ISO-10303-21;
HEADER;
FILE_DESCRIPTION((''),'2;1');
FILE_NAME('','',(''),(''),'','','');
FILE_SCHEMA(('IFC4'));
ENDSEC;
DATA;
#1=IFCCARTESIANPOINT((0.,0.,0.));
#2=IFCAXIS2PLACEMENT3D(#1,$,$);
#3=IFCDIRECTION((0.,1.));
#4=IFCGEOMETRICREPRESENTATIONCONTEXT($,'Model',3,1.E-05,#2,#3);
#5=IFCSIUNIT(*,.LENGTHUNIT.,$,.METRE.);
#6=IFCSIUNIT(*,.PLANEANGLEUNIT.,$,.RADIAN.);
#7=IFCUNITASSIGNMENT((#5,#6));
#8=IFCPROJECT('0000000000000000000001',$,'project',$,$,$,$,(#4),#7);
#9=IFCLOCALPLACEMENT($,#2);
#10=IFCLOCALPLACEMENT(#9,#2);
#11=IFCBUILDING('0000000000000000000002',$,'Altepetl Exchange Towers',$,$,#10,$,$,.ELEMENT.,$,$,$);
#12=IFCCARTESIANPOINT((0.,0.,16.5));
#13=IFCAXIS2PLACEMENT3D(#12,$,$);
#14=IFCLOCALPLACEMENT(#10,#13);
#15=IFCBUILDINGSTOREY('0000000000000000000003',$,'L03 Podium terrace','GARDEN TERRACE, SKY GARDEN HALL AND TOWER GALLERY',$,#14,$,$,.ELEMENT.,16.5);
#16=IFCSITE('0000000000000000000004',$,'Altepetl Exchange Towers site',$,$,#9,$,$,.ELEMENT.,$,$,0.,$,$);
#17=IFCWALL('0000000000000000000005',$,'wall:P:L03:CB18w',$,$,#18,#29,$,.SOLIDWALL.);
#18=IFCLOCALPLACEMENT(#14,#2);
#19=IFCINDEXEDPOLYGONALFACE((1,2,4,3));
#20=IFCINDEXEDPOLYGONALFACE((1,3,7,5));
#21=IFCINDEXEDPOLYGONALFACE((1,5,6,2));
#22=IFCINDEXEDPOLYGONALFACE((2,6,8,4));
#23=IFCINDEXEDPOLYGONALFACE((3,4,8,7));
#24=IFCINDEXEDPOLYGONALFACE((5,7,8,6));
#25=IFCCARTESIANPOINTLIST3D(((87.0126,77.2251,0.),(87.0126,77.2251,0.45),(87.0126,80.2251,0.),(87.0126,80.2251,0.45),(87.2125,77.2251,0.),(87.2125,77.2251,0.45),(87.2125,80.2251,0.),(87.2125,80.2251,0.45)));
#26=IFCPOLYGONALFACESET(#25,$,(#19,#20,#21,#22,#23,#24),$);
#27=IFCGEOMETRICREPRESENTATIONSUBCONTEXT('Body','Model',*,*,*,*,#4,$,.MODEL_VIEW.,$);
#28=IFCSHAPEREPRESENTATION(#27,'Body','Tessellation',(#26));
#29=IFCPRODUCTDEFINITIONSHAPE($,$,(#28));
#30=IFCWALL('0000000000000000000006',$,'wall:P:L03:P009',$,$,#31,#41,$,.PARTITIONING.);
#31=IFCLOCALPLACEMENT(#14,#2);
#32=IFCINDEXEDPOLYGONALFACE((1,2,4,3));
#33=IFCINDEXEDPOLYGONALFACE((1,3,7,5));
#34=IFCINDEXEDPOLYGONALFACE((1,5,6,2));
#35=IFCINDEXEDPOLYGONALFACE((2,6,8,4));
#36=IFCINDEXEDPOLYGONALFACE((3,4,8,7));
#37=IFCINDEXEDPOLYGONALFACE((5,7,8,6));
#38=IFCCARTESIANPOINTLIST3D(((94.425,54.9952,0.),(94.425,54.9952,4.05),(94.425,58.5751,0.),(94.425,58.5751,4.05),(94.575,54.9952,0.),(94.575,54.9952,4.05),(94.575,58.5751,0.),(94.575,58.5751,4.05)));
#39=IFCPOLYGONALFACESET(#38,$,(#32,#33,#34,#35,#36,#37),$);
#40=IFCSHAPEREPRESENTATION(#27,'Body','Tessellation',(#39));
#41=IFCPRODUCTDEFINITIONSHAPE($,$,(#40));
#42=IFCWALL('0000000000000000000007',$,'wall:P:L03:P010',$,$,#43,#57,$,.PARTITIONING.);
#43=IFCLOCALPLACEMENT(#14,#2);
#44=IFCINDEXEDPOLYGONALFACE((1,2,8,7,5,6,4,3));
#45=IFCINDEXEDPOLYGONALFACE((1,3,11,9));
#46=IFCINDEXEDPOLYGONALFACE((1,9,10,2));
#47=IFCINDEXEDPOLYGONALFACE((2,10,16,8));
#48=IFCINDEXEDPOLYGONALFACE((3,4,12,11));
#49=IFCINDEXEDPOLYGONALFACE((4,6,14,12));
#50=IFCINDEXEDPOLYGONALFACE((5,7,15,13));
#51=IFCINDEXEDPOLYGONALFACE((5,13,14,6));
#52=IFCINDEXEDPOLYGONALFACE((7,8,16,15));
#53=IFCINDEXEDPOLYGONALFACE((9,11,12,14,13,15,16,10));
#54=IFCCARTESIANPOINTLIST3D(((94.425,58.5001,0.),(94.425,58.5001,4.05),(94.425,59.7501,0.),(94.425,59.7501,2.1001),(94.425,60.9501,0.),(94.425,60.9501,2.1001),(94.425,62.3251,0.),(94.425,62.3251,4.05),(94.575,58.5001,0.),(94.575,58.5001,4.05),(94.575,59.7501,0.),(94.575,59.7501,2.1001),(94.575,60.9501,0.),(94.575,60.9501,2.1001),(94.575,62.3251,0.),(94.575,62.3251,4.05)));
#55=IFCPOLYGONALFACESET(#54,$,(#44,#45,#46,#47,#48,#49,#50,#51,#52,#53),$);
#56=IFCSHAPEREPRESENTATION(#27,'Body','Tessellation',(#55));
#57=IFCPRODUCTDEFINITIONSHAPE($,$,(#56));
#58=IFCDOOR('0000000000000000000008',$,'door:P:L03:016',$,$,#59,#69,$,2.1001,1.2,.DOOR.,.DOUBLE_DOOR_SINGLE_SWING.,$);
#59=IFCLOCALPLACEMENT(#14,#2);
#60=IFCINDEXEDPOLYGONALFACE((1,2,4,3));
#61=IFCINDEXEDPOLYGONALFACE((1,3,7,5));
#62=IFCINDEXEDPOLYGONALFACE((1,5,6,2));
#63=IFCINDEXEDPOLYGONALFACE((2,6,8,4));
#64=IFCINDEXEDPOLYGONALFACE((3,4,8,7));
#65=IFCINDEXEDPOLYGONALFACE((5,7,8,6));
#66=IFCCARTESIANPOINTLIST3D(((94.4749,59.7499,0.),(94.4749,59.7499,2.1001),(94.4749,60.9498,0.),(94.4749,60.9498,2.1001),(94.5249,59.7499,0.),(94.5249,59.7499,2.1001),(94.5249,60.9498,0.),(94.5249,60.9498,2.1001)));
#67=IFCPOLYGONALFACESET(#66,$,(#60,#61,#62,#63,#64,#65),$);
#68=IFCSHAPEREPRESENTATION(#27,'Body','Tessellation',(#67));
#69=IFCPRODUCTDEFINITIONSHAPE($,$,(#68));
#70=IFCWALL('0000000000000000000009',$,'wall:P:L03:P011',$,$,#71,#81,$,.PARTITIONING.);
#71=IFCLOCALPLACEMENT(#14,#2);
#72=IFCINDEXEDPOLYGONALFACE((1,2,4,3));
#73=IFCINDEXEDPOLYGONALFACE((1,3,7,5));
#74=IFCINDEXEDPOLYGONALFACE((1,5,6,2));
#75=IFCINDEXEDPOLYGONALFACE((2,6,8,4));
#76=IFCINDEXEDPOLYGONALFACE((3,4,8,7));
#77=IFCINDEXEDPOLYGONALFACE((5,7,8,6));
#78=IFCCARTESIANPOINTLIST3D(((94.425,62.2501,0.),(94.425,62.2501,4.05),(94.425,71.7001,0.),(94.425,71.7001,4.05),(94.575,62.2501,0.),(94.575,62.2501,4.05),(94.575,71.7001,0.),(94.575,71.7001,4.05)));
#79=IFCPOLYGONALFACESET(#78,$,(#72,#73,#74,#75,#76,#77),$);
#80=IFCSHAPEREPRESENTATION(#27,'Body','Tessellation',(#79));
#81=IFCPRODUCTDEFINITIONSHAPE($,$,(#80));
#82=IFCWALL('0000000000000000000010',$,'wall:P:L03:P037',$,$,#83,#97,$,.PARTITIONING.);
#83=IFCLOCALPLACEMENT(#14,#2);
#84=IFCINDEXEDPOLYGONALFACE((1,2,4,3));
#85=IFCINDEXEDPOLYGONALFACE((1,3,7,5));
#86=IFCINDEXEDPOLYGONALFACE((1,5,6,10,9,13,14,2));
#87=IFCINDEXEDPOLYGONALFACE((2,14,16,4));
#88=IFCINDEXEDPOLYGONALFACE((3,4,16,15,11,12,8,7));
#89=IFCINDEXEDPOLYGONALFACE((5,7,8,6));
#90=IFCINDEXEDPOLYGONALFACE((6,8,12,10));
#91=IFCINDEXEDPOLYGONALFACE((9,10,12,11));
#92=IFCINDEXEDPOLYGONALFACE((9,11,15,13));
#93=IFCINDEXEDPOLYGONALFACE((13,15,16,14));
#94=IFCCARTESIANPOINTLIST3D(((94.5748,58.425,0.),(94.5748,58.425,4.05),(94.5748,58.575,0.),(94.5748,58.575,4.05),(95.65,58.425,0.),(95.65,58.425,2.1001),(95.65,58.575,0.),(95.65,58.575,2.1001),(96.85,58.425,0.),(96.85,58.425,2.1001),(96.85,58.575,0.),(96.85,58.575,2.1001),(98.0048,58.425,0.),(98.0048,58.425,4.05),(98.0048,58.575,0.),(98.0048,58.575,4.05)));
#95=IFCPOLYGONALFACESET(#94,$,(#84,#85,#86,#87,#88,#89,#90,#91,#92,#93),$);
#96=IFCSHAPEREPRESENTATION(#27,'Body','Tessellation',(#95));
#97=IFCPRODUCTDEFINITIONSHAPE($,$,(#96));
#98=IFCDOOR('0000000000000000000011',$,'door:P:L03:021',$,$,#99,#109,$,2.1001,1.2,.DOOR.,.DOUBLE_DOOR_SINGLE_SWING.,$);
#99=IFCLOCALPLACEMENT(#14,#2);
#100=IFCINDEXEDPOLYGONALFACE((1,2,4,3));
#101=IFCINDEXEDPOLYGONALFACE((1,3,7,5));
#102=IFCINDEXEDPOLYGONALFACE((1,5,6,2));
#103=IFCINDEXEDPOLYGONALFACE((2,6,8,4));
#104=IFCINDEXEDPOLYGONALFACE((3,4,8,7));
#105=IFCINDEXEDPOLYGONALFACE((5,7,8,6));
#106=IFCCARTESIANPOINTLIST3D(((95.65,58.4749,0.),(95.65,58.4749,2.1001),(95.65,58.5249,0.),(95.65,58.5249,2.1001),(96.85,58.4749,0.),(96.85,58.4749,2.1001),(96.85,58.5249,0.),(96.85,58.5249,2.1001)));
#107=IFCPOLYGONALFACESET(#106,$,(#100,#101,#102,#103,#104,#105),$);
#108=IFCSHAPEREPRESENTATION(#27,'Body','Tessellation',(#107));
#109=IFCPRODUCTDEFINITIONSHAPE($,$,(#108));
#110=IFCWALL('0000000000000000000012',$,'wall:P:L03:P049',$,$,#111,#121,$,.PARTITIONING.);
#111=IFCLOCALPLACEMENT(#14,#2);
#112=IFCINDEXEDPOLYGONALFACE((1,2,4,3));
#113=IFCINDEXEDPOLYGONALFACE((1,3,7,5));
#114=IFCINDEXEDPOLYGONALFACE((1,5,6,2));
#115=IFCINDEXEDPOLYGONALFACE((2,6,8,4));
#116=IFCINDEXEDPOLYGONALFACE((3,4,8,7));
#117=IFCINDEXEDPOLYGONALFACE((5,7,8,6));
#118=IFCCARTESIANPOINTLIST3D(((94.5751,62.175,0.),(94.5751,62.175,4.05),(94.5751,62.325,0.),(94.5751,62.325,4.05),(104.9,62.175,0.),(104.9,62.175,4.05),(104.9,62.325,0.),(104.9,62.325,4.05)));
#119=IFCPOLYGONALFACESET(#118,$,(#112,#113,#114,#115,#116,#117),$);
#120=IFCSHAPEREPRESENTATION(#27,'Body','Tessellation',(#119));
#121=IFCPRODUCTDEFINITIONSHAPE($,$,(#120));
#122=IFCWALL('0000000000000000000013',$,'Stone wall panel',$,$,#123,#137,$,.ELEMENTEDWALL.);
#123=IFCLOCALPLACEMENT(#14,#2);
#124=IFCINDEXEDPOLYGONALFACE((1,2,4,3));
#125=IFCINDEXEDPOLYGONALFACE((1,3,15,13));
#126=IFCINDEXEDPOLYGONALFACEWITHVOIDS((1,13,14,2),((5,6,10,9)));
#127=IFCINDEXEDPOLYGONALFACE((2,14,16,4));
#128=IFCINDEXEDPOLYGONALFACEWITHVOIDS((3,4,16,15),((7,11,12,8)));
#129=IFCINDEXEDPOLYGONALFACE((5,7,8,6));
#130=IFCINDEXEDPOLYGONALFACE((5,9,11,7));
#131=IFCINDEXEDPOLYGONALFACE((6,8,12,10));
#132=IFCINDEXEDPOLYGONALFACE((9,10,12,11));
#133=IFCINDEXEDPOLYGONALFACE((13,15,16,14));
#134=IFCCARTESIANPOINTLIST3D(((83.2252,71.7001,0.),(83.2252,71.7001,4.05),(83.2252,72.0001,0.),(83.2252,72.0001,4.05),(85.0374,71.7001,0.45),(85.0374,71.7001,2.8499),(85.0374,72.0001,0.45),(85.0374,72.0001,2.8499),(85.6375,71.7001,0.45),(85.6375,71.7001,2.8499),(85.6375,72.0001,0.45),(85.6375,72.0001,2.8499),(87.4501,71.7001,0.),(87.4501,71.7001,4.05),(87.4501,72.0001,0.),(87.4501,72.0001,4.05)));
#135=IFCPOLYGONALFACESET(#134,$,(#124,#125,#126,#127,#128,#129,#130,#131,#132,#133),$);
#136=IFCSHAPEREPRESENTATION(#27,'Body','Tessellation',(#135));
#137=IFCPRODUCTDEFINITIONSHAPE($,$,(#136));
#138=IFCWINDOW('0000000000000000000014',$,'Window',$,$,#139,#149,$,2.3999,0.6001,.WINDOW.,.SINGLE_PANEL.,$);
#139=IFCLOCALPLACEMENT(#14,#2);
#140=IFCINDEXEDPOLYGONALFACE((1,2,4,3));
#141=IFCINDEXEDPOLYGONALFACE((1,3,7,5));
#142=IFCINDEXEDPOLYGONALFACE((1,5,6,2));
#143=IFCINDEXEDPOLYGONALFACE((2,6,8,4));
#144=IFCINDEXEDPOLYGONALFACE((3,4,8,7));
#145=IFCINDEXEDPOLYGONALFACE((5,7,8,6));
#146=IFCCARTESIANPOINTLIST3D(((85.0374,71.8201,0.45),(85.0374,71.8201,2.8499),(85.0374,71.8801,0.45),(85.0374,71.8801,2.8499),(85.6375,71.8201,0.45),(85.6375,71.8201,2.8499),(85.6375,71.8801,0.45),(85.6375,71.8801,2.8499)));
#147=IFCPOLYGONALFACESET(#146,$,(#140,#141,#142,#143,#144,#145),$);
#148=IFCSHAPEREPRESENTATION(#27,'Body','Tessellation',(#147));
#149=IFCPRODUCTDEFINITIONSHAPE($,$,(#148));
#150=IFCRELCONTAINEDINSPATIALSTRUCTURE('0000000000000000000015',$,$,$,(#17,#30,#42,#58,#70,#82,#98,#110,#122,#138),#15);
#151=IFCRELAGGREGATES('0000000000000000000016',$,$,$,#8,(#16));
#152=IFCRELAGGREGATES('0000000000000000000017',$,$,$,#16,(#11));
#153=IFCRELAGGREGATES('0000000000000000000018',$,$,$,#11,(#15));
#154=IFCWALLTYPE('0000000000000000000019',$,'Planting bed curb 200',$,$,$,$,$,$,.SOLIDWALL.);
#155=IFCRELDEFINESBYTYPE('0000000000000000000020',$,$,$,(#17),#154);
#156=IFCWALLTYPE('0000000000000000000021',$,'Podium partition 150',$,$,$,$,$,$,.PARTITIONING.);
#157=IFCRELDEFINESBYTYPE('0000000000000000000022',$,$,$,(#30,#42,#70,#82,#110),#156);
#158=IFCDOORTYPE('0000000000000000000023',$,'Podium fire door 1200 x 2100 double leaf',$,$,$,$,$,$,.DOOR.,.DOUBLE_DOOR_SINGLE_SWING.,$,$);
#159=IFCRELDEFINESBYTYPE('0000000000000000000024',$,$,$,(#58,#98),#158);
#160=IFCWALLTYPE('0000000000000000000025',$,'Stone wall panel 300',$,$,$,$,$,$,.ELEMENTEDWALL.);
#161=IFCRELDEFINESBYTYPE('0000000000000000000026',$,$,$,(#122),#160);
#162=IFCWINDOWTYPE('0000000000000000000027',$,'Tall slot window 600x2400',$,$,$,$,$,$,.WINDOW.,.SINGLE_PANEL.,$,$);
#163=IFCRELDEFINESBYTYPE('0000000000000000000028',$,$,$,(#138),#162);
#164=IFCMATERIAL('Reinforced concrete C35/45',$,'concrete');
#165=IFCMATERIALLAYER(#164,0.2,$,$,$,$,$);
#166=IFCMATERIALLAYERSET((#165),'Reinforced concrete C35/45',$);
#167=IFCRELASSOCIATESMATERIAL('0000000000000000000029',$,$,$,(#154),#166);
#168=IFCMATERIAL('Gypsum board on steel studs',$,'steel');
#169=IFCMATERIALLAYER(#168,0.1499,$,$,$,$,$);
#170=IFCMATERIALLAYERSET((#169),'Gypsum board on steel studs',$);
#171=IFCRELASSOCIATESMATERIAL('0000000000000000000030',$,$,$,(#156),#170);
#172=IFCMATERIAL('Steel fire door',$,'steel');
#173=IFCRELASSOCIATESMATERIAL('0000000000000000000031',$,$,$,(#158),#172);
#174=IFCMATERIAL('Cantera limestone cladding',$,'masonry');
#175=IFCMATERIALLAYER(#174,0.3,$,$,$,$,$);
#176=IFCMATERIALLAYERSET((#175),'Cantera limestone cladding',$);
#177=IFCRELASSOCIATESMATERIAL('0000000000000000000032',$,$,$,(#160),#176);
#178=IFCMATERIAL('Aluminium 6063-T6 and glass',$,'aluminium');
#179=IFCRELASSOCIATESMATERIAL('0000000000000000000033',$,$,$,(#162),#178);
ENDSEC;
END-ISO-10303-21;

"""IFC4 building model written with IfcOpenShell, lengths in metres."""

from ifc_helpers import new_model, si_unit, direction, frame, frame_2d, origin, place, context, subcontext, project, spatial, rectangle, extrude, material, layer, layer_set, type_object, element, fill, save


model = new_model("IFC4")

# Units and contexts
model_context = context("Model", 3, precision=1e-05, world=origin(), true_north=direction((0.0, 1.0)))
body_context = subcontext(model_context, "Body", "Model", "MODEL_VIEW")
ifc_project = project(units=[si_unit("LENGTHUNIT", "METRE"), si_unit("PLANEANGLEUNIT", "RADIAN")], contexts=[model_context])

# Site, building, storey
site_placement = place(None, origin())
site = spatial("IfcSite", under=ifc_project, at=site_placement, Name="Altepetl Exchange Towers site", CompositionType="ELEMENT", RefElevation=0.0)
building_placement = place(site_placement, origin())
building = spatial("IfcBuilding", under=site, at=building_placement, Name="Altepetl Exchange Towers", CompositionType="ELEMENT")
storey_placement = place(building_placement, frame((0.0, 0.0, 16.5)))
storey = spatial("IfcBuildingStorey", under=building, at=storey_placement, Name="L03 Podium terrace", Description="GARDEN TERRACE, SKY GARDEN HALL AND TOWER GALLERY", CompositionType="ELEMENT", Elevation=16.5)

# Shared definitions
ifc_material_1 = material(Name="Aluminium 6063-T6 and glass", Category="aluminium")

# Walls
ifc_material_2 = material(Name="Reinforced concrete C35/45", Category="concrete")
ifc_layer_1 = layer(ifc_material_2, 0.2)
ifc_layer_set_1 = layer_set([ifc_layer_1], Name="Reinforced concrete C35/45")
wall_type_1 = type_object("IfcWallType", Name="Planting bed curb 200", PredefinedType="SOLIDWALL", material=ifc_layer_set_1)
wall_1_placement = place(storey_placement, frame((87.1125, 77.2251, 0.0), z_axis=(0.0, 0.0, 1.0), x_axis=(0.0, 1.0, 0.0)))
element("IfcWall", 1, at=wall_1_placement, inside=storey, type_object=wall_type_1, Name="wall:P:L03:CB18w", PredefinedType="SOLIDWALL", context=body_context, shape_type="SweptSolid", body=[
    extrude(rectangle(XDim=3.0, YDim=0.2, at=frame_2d((1.5, 0.0))), origin(), (0.0, 0.0, 1.0), 0.45),
])
ifc_material_3 = material(Name="Gypsum board on steel studs", Category="steel")
ifc_layer_2 = layer(ifc_material_3, 0.1499)
ifc_layer_set_2 = layer_set([ifc_layer_2], Name="Gypsum board on steel studs")
wall_type_2 = type_object("IfcWallType", Name="Podium partition 150", PredefinedType="PARTITIONING", material=ifc_layer_set_2)
wall_2_placement = place(storey_placement, frame((94.5, 54.9951, 0.0), z_axis=(0.0, 0.0, 1.0), x_axis=(0.0, 1.0, 0.0)))
element("IfcWall", 2, at=wall_2_placement, inside=storey, type_object=wall_type_2, Name="wall:P:L03:P009", PredefinedType="PARTITIONING", context=body_context, shape_type="SweptSolid", body=[
    extrude(rectangle(XDim=3.5798, YDim=0.1499, at=frame_2d((1.79, 0.0))), origin(), (0.0, 0.0, 1.0), 4.05),
])

# Wall, opening, door
wall_3_placement = place(storey_placement, frame((94.5, 58.5, 0.0), z_axis=(0.0, 0.0, 1.0), x_axis=(0.0, 1.0, 0.0)))
wall_3 = element("IfcWall", 3, at=wall_3_placement, inside=storey, type_object=wall_type_2, Name="wall:P:L03:P010", PredefinedType="PARTITIONING", context=body_context, shape_type="SweptSolid", body=[
    extrude(rectangle(XDim=3.825, YDim=0.1499, at=frame_2d((1.9126, 0.0))), origin(), (0.0, 0.0, 1.0), 4.05),
])
opening_1_placement = place(wall_3_placement, frame((1.25, 0.0, 0.0)))
opening_1 = element("IfcOpeningElement", 4, at=opening_1_placement, cuts=wall_3, PredefinedType="OPENING", context=body_context, shape_type="SweptSolid", body=[
    extrude(rectangle(XDim=1.2, YDim=2.1001, at=frame_2d((0.6001, 1.05))), frame((0.0, 0.085, 0.0), z_axis=(0.0, -1.0, 0.0), x_axis=(1.0, 0.0, 0.0)), (0.0, 0.0, 1.0), 0.1699),
])
ifc_material_4 = material(Name="Steel fire door", Category="steel")
door_type_1 = type_object("IfcDoorType", Name="Podium fire door 1200 x 2100 double leaf", OperationType="DOUBLE_DOOR_SINGLE_SWING", PredefinedType="DOOR", material=ifc_material_4)
door_1_placement = place(opening_1_placement, frame((1.2, 0.0, 0.0), x_axis=(-1.0, 0.0, 0.0)))
door_1 = element("IfcDoor", 5, at=door_1_placement, inside=storey, type_object=door_type_1, Name="door:P:L03:016", OperationType="DOUBLE_DOOR_SINGLE_SWING", OverallHeight=2.1001, OverallWidth=1.2, PredefinedType="DOOR", context=body_context, shape_type="SweptSolid", body=[
    extrude(rectangle(XDim=1.2, YDim=2.1001, at=frame_2d((0.6001, 1.05))), frame((0.0, 0.0249, 0.0), z_axis=(0.0, -1.0, 0.0), x_axis=(1.0, 0.0, 0.0)), (0.0, 0.0, 1.0), 0.05),
])
fill(opening_1, door_1)

# Wall
wall_4_placement = place(storey_placement, frame((94.5, 62.25, 0.0), z_axis=(0.0, 0.0, 1.0), x_axis=(0.0, 1.0, 0.0)))
element("IfcWall", 6, at=wall_4_placement, inside=storey, type_object=wall_type_2, Name="wall:P:L03:P011", PredefinedType="PARTITIONING", context=body_context, shape_type="SweptSolid", body=[
    extrude(rectangle(XDim=9.45, YDim=0.1499, at=frame_2d((4.7251, 0.0))), origin(), (0.0, 0.0, 1.0), 4.05),
])

# Wall, opening, door
wall_5_placement = place(storey_placement, frame((94.575, 58.5, 0.0)))
wall_5 = element("IfcWall", 7, at=wall_5_placement, inside=storey, type_object=wall_type_2, Name="wall:P:L03:P037", PredefinedType="PARTITIONING", context=body_context, shape_type="SweptSolid", body=[
    extrude(rectangle(XDim=3.4299, YDim=0.1499, at=frame_2d((1.7148, 0.0))), origin(), (0.0, 0.0, 1.0), 4.05),
])
opening_2_placement = place(wall_5_placement, frame((1.075, 0.0, 0.0)))
opening_2 = element("IfcOpeningElement", 8, at=opening_2_placement, cuts=wall_5, PredefinedType="OPENING", context=body_context, shape_type="SweptSolid", body=[
    extrude(rectangle(XDim=1.2, YDim=2.1001, at=frame_2d((0.6001, 1.05))), frame((0.0, 0.085, 0.0), z_axis=(0.0, -1.0, 0.0), x_axis=(1.0, 0.0, 0.0)), (0.0, 0.0, 1.0), 0.1699),
])
door_2_placement = place(opening_2_placement, origin())
door_2 = element("IfcDoor", 9, at=door_2_placement, inside=storey, type_object=door_type_1, Name="door:P:L03:021", OperationType="DOUBLE_DOOR_SINGLE_SWING", OverallHeight=2.1001, OverallWidth=1.2, PredefinedType="DOOR", context=body_context, shape_type="SweptSolid", body=[
    extrude(rectangle(XDim=1.2, YDim=2.1001, at=frame_2d((0.6001, 1.05))), frame((0.0, 0.0249, 0.0), z_axis=(0.0, -1.0, 0.0), x_axis=(1.0, 0.0, 0.0)), (0.0, 0.0, 1.0), 0.05),
])
fill(opening_2, door_2)

# Wall
wall_6_placement = place(storey_placement, frame((94.575, 62.25, 0.0)))
element("IfcWall", 10, at=wall_6_placement, inside=storey, type_object=wall_type_2, Name="wall:P:L03:P049", PredefinedType="PARTITIONING", context=body_context, shape_type="SweptSolid", body=[
    extrude(rectangle(XDim=10.325, YDim=0.1499, at=frame_2d((5.1626, 0.0))), origin(), (0.0, 0.0, 1.0), 4.05),
])

# Wall, opening, window
ifc_material_5 = material(Name="Cantera limestone cladding", Category="masonry")
ifc_layer_3 = layer(ifc_material_5, 0.3)
ifc_layer_set_3 = layer_set([ifc_layer_3], Name="Cantera limestone cladding")
wall_type_3 = type_object("IfcWallType", Name="Stone wall panel 300", PredefinedType="ELEMENTEDWALL", material=ifc_layer_set_3)
wall_7_placement = place(storey_placement, frame((87.45, 71.8501, 0.0), z_axis=(0.0, 0.0, 1.0), x_axis=(-1.0, 0.0, 0.0)))
wall_7 = element("IfcWall", 11, at=wall_7_placement, inside=storey, type_object=wall_type_3, Name="Stone wall panel", PredefinedType="ELEMENTEDWALL", context=body_context, shape_type="SweptSolid", body=[
    extrude(rectangle(XDim=4.2249, YDim=0.3, at=frame_2d((2.1123, 0.0))), origin(), (0.0, 0.0, 1.0), 4.05),
])
opening_3_placement = place(wall_7_placement, frame((1.8125, 0.0, 0.45)))
opening_3 = element("IfcOpeningElement", 12, at=opening_3_placement, cuts=wall_7, PredefinedType="OPENING", context=body_context, shape_type="SweptSolid", body=[
    extrude(rectangle(XDim=0.6001, YDim=2.3999, at=frame_2d((0.3, 1.2))), frame((0.0, 0.1602, 0.0), z_axis=(0.0, -1.0, 0.0), x_axis=(1.0, 0.0, 0.0)), (0.0, 0.0, 1.0), 0.3201),
])
window_type = type_object("IfcWindowType", Name="Tall slot window 600x2400", PartitioningType="SINGLE_PANEL", PredefinedType="WINDOW", material=ifc_material_1)
window_1_placement = place(opening_3_placement, origin())
window_1 = element("IfcWindow", 13, at=window_1_placement, inside=storey, type_object=window_type, Name="Window", OverallHeight=2.3999, OverallWidth=0.6001, PartitioningType="SINGLE_PANEL", PredefinedType="WINDOW", context=body_context, shape_type="SweptSolid", body=[
    extrude(rectangle(XDim=0.6001, YDim=2.3999, at=frame_2d((0.3, 1.2))), frame((0.0, 0.03, 0.0), z_axis=(0.0, -1.0, 0.0), x_axis=(1.0, 0.0, 0.0)), (0.0, 0.0, 1.0), 0.0601),
])
fill(opening_3, window_1)

save(model, "model.ifc")
